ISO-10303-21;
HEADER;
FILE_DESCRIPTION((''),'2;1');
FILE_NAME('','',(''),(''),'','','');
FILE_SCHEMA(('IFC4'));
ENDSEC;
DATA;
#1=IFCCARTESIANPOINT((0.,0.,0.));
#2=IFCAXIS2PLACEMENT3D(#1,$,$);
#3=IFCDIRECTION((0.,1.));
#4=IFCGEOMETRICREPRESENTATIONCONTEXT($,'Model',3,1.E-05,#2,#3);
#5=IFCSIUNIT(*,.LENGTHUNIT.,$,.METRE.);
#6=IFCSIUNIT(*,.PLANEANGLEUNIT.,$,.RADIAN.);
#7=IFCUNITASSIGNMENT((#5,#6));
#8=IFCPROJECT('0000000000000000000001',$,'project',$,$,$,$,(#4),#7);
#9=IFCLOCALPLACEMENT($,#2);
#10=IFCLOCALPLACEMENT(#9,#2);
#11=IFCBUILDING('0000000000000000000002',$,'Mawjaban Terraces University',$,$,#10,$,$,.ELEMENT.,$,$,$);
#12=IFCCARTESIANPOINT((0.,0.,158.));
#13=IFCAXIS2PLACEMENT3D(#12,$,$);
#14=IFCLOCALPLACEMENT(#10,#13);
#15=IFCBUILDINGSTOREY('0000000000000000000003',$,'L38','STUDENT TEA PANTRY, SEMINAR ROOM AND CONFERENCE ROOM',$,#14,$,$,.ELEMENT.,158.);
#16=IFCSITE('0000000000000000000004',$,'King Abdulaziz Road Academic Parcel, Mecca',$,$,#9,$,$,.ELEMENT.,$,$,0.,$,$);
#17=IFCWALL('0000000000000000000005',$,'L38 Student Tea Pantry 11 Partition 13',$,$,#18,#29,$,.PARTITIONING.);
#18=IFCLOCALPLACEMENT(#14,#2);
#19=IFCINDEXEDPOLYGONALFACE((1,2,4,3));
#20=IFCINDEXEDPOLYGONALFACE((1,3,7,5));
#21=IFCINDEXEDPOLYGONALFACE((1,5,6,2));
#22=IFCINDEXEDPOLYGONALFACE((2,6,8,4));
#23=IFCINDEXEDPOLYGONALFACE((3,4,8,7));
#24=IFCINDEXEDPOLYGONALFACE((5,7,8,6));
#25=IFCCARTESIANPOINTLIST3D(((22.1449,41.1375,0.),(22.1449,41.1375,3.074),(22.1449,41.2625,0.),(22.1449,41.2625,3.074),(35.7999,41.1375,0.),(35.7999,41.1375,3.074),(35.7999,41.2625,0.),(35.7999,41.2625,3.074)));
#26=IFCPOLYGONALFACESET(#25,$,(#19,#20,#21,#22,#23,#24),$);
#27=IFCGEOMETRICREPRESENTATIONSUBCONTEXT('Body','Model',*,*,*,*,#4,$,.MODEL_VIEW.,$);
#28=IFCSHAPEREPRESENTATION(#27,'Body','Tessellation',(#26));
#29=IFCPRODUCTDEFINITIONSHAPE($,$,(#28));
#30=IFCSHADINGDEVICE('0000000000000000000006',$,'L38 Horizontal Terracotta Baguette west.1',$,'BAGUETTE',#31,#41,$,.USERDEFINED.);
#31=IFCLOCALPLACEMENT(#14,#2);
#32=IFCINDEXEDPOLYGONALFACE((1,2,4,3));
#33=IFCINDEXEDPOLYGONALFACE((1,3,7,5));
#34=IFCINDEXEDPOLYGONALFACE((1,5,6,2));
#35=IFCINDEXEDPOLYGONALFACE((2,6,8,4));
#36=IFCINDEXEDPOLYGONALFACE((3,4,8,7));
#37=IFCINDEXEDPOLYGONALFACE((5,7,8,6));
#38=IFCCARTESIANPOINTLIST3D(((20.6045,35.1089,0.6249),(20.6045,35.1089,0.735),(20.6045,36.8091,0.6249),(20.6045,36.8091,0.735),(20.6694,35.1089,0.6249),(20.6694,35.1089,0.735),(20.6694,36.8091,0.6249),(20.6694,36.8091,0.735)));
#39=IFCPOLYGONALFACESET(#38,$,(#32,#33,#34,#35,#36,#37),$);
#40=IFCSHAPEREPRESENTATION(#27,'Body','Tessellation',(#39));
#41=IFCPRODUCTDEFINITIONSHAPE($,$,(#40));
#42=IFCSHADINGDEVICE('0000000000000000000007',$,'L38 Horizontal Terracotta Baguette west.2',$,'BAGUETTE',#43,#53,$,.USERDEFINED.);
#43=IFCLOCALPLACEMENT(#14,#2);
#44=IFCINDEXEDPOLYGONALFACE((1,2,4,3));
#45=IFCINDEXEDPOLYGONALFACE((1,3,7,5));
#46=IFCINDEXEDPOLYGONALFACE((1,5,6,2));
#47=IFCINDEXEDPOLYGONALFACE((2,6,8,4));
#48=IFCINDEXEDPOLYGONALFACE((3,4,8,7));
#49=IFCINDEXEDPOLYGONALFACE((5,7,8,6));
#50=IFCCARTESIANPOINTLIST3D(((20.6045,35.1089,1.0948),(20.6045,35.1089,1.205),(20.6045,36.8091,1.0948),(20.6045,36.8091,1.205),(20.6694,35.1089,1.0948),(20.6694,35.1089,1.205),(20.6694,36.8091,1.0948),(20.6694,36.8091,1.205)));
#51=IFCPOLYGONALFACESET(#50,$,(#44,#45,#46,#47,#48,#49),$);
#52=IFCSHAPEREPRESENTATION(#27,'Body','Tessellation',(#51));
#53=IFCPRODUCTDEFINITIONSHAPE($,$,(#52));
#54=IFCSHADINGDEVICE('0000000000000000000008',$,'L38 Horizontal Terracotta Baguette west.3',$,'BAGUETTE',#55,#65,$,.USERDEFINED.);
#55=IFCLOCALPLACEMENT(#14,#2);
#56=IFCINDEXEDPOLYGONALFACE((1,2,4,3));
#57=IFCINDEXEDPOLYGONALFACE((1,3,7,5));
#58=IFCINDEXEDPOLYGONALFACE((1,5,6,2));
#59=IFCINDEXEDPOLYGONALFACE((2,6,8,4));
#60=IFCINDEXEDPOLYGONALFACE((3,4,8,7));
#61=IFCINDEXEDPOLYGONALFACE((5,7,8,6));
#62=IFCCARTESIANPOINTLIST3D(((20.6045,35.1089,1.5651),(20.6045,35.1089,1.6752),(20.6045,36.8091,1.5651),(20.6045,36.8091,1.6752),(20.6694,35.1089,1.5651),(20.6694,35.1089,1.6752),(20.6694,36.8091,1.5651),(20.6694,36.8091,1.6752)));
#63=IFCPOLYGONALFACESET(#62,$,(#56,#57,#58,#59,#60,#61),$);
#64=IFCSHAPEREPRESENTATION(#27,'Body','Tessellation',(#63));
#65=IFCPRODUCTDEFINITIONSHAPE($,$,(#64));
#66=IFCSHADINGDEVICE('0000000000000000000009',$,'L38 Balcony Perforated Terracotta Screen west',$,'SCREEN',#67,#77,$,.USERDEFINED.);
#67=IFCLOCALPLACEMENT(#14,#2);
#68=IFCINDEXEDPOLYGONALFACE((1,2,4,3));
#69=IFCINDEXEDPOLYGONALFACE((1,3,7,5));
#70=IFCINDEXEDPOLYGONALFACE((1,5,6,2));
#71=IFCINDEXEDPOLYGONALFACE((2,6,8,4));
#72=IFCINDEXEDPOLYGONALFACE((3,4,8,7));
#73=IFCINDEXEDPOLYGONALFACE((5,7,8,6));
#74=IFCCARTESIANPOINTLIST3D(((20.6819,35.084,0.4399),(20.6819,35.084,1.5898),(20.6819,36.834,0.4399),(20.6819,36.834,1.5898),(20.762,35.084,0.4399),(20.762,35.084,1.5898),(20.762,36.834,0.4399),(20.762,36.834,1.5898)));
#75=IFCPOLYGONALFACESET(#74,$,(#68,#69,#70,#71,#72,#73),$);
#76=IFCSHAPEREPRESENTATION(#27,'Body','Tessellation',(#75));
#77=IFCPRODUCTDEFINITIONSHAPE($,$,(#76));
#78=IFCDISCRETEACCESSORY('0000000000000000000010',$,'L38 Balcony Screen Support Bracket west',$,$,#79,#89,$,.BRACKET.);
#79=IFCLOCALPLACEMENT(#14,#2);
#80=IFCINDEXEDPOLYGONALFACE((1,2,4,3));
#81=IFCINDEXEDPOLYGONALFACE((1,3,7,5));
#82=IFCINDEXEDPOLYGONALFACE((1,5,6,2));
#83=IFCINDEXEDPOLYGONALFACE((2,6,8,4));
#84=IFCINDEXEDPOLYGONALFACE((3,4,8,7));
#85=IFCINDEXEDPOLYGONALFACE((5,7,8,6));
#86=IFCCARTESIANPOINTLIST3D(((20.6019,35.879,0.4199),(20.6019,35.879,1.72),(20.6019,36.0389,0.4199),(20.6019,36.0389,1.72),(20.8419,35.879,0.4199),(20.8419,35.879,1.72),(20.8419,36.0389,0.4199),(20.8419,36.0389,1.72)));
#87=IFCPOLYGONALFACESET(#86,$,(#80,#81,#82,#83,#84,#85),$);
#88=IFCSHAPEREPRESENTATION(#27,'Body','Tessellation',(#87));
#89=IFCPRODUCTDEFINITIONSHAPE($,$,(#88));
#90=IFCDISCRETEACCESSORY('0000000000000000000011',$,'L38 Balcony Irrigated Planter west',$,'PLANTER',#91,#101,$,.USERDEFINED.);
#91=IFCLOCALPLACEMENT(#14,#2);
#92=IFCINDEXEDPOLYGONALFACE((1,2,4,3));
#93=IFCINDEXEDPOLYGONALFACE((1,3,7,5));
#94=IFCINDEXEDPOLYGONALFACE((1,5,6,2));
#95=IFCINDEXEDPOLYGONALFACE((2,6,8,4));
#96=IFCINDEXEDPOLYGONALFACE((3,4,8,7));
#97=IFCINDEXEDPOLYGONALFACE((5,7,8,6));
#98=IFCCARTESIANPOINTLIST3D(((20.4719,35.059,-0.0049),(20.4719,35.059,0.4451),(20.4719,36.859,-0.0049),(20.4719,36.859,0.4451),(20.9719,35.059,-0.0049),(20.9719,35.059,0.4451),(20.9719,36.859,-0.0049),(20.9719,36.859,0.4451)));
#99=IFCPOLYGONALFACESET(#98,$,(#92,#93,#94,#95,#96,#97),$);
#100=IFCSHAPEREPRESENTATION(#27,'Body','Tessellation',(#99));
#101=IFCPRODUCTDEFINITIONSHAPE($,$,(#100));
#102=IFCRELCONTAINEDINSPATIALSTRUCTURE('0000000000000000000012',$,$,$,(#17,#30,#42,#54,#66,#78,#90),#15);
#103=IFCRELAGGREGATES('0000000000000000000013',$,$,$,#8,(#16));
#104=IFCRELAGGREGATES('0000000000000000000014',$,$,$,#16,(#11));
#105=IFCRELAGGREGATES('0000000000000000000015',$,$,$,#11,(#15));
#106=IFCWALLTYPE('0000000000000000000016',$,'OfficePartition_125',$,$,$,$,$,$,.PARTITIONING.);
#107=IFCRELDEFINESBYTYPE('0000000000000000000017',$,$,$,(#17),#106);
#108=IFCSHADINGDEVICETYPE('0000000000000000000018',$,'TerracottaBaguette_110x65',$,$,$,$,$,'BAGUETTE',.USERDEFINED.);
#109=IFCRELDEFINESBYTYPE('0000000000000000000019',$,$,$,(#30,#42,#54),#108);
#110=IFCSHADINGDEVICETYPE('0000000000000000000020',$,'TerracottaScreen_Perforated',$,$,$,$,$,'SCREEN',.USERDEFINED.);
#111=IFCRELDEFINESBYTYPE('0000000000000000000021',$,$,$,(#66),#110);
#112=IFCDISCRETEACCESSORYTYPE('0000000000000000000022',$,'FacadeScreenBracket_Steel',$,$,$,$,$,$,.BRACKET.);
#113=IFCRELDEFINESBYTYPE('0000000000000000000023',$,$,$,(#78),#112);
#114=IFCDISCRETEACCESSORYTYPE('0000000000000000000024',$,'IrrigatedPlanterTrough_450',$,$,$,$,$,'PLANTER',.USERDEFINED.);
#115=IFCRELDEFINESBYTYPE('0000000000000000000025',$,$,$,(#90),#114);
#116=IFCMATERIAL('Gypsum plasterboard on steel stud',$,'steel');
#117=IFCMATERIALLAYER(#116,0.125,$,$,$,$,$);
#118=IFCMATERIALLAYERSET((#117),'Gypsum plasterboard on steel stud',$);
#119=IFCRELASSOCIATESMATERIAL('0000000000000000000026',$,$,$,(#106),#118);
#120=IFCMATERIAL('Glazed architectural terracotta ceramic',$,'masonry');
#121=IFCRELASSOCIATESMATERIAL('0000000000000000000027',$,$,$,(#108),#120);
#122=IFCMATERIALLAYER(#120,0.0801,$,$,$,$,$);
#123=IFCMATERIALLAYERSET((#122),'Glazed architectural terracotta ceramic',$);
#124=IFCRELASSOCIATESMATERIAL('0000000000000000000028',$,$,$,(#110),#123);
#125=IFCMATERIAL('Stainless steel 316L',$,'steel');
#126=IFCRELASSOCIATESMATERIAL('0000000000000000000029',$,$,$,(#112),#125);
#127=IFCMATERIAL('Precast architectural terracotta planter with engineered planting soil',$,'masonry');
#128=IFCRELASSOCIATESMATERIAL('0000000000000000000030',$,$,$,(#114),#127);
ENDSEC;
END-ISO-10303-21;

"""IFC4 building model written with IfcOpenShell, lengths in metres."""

from ifc_helpers import new_model, si_unit, direction, frame, frame_2d, origin, origin_2d, place, context, subcontext, project, spatial, rectangle, extrude, material, layer, layer_set, material_profile, profile_set, type_object, element, save


model = new_model("IFC4")

# Units and contexts
model_context = context("Model", 3, precision=1e-05, world=origin(), true_north=direction((0.0, 1.0)))
body_context = subcontext(model_context, "Body", "Model", "MODEL_VIEW")
ifc_project = project(units=[si_unit("LENGTHUNIT", "METRE"), si_unit("PLANEANGLEUNIT", "RADIAN")], contexts=[model_context])

# Site, building, storey
site_placement = place(None, origin())
site = spatial("IfcSite", under=ifc_project, at=site_placement, Name="King Abdulaziz Road Academic Parcel, Mecca", CompositionType="ELEMENT", RefElevation=0.0)
building_placement = place(site_placement, origin())
building = spatial("IfcBuilding", under=site, at=building_placement, Name="Mawjaban Terraces University", CompositionType="ELEMENT")
storey_placement = place(building_placement, frame((0.0, 0.0, 158.0)))
storey = spatial("IfcBuildingStorey", under=building, at=storey_placement, Name="L38", Description="STUDENT TEA PANTRY, SEMINAR ROOM AND CONFERENCE ROOM", CompositionType="ELEMENT", Elevation=158.0)

# Wall
ifc_material_1 = material(Name="Gypsum plasterboard on steel stud", Category="steel")
ifc_layer_1 = layer(ifc_material_1, 0.125)
ifc_layer_set_1 = layer_set([ifc_layer_1], Name="Gypsum plasterboard on steel stud")
wall_type_1 = type_object("IfcWallType", Name="OfficePartition_125", PredefinedType="PARTITIONING", material=ifc_layer_set_1)
wall_1_placement = place(storey_placement, frame((35.8, 41.2, 0.0), z_axis=(0.0, 0.0, 1.0), x_axis=(-1.0, 0.0, 0.0)))
element("IfcWall", 1, at=wall_1_placement, inside=storey, type_object=wall_type_1, Name="L38 Student Tea Pantry 11 Partition 13", PredefinedType="PARTITIONING", context=body_context, shape_type="SweptSolid", body=[
    extrude(rectangle(XDim=13.655, YDim=0.125, at=frame_2d((6.8276, 0.0))), origin(), (0.0, 0.0, 1.0), 3.074),
])

# Shading devices
ifc_material_2 = material(Name="Glazed architectural terracotta ceramic", Category="masonry")
ifc_material_profile_1 = material_profile(ifc_material_2, rectangle(XDim=0.0649, YDim=0.1101, at=origin_2d()), Name="TBAG110X65")
ifc_profile_set_1 = profile_set([ifc_material_profile_1], Name="Glazed architectural terracotta ceramic")
shading_device_type_1 = type_object("IfcShadingDeviceType", Name="TerracottaBaguette_110x65", ElementType="BAGUETTE", PredefinedType="USERDEFINED", material=ifc_profile_set_1)
for number, where, z_axis, x_axis, name in (
    (2, (20.637, 35.1089, 0.6799), (0.0, 1.0, 0.0), (-1.0, 0.0, 0.0), "L38 Horizontal Terracotta Baguette west.1"),
    (3, (20.637, 35.1089, 1.1499), (0.0, 1.0, 0.0), (-1.0, 0.0, 0.0), "L38 Horizontal Terracotta Baguette west.2"),
    (4, (20.637, 35.1089, 1.6201), (0.0, 1.0, 0.0), (-1.0, 0.0, 0.0), "L38 Horizontal Terracotta Baguette west.3"),
):
    element("IfcShadingDevice", number, at=place(storey_placement, frame(where, z_axis=z_axis, x_axis=x_axis)), inside=storey, type_object=shading_device_type_1, Name=name, ObjectType="BAGUETTE", PredefinedType="USERDEFINED", context=body_context, shape_type="SweptSolid", body=[
        extrude(rectangle(XDim=0.0649, YDim=0.1101, at=origin_2d()), origin(), (0.0, 0.0, 1.0), 1.7002),
    ])
ifc_layer_2 = layer(ifc_material_2, 0.0801)
ifc_layer_set_2 = layer_set([ifc_layer_2], Name="Glazed architectural terracotta ceramic")
shading_device_type_2 = type_object("IfcShadingDeviceType", Name="TerracottaScreen_Perforated", ElementType="SCREEN", PredefinedType="USERDEFINED", material=ifc_layer_set_2)
shading_device_placement = place(storey_placement, frame((20.7219, 35.959, 0.4399), z_axis=(0.0, 0.0, 1.0), x_axis=(0.0, 1.0, 0.0)))
element("IfcShadingDevice", 5, at=shading_device_placement, inside=storey, type_object=shading_device_type_2, Name="L38 Balcony Perforated Terracotta Screen west", ObjectType="SCREEN", PredefinedType="USERDEFINED", context=body_context, shape_type="SweptSolid", body=[
    extrude(rectangle(XDim=1.75, YDim=0.0801, at=origin_2d()), origin(), (0.0, 0.0, 1.0), 1.1499),
])

# Discrete accessories
ifc_material_3 = material(Name="Stainless steel 316L", Category="steel")
discrete_accessory_type_1 = type_object("IfcDiscreteAccessoryType", Name="FacadeScreenBracket_Steel", PredefinedType="BRACKET", material=ifc_material_3)
discrete_accessory_1_placement = place(storey_placement, frame((20.7219, 35.959, 0.4199), z_axis=(0.0, 0.0, 1.0), x_axis=(0.0, 1.0, 0.0)))
element("IfcDiscreteAccessory", 6, at=discrete_accessory_1_placement, inside=storey, type_object=discrete_accessory_type_1, Name="L38 Balcony Screen Support Bracket west", PredefinedType="BRACKET", context=body_context, shape_type="SweptSolid", body=[
    extrude(rectangle(XDim=0.1599, YDim=0.24, at=origin_2d()), origin(), (0.0, 0.0, 1.0), 1.3),
])
ifc_material_4 = material(Name="Precast architectural terracotta planter with engineered planting soil", Category="masonry")
discrete_accessory_type_2 = type_object("IfcDiscreteAccessoryType", Name="IrrigatedPlanterTrough_450", ElementType="PLANTER", PredefinedType="USERDEFINED", material=ifc_material_4)
discrete_accessory_2_placement = place(storey_placement, frame((20.7219, 35.959, -0.0049), z_axis=(0.0, 0.0, 1.0), x_axis=(0.0, 1.0, 0.0)))
element("IfcDiscreteAccessory", 7, at=discrete_accessory_2_placement, inside=storey, type_object=discrete_accessory_type_2, Name="L38 Balcony Irrigated Planter west", ObjectType="PLANTER", PredefinedType="USERDEFINED", context=body_context, shape_type="SweptSolid", body=[
    extrude(rectangle(XDim=1.8, YDim=0.5, at=origin_2d()), origin(), (0.0, 0.0, 1.0), 0.45),
])

save(model, "model.ifc")
